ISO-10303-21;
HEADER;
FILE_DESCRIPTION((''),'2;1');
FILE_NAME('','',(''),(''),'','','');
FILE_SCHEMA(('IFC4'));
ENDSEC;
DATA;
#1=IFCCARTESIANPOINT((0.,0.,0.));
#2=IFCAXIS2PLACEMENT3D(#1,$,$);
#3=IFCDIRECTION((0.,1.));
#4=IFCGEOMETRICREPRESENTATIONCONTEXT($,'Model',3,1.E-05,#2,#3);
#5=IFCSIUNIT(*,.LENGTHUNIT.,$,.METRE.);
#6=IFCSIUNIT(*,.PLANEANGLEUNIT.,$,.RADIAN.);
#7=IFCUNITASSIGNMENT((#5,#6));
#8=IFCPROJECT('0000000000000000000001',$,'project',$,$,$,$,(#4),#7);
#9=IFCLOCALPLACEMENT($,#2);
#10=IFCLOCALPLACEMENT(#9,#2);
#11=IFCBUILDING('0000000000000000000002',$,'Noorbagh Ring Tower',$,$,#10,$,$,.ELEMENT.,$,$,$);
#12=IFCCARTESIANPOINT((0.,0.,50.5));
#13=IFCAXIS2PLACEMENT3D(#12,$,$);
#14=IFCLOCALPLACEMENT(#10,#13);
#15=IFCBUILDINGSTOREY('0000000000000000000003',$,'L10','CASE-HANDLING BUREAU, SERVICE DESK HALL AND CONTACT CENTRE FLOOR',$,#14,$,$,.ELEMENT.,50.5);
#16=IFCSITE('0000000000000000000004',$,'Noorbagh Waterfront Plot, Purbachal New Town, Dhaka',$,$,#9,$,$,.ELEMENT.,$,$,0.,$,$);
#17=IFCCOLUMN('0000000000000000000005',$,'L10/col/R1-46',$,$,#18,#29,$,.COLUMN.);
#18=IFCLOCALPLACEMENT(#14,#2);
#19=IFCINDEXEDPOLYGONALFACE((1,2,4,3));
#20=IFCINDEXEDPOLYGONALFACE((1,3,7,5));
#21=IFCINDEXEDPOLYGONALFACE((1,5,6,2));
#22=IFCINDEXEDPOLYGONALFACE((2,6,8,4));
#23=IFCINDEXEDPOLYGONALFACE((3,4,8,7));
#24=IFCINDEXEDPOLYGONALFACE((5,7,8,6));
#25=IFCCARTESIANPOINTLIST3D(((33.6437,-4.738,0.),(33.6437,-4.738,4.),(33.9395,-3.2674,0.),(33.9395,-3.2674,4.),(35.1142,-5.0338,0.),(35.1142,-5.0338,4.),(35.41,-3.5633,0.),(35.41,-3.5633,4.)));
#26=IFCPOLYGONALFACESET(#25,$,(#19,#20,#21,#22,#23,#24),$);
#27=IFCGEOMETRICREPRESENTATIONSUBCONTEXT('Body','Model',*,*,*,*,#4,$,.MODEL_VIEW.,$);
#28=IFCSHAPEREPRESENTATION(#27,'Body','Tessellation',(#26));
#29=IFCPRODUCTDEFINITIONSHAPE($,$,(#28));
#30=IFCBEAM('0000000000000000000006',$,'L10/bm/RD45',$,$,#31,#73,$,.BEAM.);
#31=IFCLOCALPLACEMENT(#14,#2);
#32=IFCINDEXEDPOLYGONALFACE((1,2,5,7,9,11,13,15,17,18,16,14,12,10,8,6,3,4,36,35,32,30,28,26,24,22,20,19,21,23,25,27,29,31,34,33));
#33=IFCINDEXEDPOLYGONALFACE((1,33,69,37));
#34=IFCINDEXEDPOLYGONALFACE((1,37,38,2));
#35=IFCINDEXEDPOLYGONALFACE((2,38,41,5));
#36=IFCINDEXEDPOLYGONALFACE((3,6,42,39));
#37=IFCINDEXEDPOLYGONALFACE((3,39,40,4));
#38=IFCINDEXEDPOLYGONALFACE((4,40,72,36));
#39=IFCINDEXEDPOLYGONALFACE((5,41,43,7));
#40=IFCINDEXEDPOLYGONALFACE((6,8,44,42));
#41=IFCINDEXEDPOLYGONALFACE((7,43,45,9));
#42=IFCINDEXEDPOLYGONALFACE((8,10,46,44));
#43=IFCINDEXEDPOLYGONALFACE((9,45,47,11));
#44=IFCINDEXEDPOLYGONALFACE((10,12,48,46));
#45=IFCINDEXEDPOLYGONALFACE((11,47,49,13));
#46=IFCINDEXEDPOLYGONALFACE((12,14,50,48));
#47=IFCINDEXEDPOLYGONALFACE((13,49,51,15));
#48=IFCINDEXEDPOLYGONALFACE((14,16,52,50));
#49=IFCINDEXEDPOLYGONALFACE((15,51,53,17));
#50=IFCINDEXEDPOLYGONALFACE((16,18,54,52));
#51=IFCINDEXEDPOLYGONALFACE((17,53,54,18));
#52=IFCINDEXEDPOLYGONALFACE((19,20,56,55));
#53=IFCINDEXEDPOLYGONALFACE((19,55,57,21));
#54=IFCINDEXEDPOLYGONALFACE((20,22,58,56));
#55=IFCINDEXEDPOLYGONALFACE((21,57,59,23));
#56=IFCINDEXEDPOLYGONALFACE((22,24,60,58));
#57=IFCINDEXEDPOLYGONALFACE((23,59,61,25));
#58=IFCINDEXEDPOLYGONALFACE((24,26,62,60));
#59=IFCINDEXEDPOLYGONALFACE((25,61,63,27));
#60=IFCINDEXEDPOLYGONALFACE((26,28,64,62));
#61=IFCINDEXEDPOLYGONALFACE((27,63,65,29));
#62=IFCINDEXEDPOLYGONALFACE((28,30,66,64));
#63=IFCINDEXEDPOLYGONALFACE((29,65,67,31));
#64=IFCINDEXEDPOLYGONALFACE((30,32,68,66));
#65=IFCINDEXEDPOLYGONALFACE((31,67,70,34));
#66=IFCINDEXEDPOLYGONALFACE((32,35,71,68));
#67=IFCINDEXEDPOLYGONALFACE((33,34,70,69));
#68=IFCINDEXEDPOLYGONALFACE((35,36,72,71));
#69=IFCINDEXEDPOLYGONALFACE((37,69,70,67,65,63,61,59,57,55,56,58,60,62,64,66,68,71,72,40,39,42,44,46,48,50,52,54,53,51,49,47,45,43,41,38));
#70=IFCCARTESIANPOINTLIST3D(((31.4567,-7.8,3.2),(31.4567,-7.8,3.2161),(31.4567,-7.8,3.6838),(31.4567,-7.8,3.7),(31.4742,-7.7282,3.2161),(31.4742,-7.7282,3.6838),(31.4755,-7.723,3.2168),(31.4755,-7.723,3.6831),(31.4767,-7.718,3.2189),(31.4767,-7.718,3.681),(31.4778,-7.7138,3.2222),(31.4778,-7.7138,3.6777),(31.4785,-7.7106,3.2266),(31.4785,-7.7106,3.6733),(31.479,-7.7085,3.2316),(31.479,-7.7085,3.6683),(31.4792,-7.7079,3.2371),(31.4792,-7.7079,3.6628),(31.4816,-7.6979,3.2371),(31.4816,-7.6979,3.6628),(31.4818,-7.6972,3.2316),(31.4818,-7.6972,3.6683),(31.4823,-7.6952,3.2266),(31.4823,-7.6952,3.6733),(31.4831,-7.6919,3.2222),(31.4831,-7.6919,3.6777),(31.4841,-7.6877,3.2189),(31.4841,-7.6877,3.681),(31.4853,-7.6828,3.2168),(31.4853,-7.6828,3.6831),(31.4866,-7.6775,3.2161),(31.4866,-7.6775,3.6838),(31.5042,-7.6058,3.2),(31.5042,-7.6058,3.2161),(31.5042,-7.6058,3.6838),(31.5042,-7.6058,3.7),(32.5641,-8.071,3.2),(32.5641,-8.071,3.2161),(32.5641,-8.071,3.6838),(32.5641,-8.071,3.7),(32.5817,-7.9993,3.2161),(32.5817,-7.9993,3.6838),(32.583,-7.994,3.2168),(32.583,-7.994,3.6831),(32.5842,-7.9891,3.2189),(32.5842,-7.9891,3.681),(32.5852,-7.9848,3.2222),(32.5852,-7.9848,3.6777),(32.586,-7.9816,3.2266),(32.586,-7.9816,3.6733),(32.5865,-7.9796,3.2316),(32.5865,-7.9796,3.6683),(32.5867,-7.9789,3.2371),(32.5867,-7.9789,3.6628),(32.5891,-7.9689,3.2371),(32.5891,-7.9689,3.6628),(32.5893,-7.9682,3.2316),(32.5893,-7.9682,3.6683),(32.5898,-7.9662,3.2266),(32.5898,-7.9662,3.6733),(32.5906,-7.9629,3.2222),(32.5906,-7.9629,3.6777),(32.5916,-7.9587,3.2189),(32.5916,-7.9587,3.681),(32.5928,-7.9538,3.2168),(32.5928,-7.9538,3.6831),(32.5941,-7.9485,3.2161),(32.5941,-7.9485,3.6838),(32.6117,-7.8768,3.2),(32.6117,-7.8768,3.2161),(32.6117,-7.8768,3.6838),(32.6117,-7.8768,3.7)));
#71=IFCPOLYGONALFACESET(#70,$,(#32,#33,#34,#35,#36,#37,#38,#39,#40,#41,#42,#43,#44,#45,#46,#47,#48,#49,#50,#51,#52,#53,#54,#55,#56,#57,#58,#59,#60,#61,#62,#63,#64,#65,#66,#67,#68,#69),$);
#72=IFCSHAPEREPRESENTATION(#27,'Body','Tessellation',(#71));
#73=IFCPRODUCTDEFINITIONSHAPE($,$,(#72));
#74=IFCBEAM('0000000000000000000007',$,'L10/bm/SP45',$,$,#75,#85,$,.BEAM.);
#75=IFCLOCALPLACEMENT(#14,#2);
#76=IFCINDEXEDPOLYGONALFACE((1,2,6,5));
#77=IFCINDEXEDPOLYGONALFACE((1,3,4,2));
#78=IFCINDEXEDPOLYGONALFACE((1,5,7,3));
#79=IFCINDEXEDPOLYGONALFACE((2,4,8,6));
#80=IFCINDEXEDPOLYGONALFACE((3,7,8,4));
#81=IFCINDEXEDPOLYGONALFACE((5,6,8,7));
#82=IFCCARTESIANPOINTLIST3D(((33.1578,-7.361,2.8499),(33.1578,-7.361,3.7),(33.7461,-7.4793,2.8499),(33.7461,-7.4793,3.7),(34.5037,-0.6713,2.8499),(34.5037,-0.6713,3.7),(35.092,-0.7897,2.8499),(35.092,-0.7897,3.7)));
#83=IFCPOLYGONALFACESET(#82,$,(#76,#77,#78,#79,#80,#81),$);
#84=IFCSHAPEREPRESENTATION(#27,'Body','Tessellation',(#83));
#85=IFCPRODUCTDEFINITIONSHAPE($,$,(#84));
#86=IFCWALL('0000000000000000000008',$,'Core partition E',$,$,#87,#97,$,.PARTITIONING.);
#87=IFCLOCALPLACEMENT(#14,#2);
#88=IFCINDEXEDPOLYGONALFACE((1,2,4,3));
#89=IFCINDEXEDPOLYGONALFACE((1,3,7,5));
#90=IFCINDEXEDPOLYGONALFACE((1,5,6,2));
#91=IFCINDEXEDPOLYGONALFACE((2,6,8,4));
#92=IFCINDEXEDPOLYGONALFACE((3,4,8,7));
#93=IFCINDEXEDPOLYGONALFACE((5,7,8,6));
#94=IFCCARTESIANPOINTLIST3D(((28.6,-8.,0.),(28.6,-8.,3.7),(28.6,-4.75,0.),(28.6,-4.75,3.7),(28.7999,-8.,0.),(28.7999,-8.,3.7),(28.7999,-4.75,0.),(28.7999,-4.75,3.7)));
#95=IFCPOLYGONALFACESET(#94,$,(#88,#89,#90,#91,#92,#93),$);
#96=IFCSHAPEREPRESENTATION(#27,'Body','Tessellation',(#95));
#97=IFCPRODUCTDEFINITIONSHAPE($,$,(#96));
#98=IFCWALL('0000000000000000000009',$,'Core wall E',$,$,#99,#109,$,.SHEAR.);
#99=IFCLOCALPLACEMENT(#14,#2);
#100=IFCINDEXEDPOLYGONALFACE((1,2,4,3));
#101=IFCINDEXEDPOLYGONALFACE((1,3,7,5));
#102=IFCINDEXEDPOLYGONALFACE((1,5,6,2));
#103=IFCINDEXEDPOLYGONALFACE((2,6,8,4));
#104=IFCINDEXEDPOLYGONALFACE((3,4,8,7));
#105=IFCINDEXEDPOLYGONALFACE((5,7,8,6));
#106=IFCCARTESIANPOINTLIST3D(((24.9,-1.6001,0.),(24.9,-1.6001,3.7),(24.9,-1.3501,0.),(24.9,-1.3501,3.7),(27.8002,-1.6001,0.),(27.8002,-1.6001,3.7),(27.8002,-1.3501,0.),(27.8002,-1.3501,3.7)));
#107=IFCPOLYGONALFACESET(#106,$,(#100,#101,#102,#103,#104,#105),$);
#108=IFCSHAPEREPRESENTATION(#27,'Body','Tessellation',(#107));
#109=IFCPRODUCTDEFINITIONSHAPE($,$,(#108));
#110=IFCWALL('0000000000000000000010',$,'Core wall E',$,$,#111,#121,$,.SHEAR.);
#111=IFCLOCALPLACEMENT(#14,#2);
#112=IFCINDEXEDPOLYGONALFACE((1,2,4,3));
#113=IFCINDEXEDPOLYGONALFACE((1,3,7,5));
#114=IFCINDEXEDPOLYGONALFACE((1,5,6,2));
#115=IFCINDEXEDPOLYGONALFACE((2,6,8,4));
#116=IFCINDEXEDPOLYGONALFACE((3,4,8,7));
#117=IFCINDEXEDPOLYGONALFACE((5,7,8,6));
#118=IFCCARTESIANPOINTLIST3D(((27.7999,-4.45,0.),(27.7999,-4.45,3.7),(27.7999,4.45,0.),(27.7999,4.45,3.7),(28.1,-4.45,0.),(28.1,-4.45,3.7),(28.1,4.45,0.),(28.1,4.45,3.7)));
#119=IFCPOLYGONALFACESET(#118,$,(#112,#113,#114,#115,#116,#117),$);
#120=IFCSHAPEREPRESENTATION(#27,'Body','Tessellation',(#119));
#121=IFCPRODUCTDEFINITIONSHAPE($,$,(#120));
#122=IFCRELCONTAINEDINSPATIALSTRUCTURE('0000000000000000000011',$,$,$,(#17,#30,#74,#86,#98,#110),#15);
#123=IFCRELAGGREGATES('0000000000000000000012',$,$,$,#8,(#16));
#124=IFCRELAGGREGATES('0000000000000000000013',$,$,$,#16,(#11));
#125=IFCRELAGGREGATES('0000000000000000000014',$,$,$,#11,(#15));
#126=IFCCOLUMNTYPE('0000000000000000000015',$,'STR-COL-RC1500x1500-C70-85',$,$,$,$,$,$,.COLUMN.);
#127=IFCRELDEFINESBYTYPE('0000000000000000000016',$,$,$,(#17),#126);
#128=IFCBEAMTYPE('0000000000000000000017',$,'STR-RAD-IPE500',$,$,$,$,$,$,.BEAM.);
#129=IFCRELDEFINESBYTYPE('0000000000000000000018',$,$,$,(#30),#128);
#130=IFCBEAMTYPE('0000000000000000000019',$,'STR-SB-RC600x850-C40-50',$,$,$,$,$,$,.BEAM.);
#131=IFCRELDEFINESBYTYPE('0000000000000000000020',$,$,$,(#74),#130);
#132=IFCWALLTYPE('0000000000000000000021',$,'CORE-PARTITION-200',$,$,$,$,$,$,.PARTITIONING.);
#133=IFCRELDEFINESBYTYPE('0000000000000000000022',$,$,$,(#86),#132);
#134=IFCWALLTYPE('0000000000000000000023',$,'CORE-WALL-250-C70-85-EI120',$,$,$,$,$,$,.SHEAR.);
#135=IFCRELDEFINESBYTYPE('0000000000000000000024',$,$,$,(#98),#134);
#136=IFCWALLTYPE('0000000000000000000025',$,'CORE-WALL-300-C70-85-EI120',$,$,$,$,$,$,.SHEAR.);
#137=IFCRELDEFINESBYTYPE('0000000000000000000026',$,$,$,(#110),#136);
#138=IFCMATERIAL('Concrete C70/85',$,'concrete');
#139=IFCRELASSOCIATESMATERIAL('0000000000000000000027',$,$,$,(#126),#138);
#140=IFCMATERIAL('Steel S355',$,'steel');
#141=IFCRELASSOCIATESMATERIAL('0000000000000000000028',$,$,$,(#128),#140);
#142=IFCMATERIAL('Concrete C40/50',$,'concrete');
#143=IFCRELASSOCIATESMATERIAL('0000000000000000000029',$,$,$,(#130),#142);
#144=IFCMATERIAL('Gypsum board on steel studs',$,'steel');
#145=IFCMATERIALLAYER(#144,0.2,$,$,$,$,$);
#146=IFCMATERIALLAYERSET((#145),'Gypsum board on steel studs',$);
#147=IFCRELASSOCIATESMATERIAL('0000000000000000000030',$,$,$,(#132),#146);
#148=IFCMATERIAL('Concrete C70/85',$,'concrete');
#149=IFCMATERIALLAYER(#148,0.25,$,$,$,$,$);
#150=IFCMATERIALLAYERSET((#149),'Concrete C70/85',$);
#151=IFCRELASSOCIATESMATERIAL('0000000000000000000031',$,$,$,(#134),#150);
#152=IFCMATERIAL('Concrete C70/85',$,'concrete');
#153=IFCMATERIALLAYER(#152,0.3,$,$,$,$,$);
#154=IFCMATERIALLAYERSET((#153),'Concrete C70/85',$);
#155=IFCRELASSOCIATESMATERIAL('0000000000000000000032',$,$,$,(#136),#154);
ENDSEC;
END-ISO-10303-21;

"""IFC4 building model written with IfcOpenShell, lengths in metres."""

from ifc_helpers import new_model, si_unit, direction, frame, frame_2d, origin, origin_2d, place, context, subcontext, project, spatial, rectangle, i_section, extrude, material, layer, layer_set, material_profile, profile_set, type_object, element, save


model = new_model("IFC4")

# Units and contexts
model_context = context("Model", 3, precision=1e-05, world=origin(), true_north=direction((0.0, 1.0)))
body_context = subcontext(model_context, "Body", "Model", "MODEL_VIEW")
ifc_project = project(units=[si_unit("LENGTHUNIT", "METRE"), si_unit("PLANEANGLEUNIT", "RADIAN")], contexts=[model_context])

# Site, building, storey
site_placement = place(None, origin())
site = spatial("IfcSite", under=ifc_project, at=site_placement, Name="Noorbagh Waterfront Plot, Purbachal New Town, Dhaka", CompositionType="ELEMENT", RefElevation=0.0)
building_placement = place(site_placement, origin())
building = spatial("IfcBuilding", under=site, at=building_placement, Name="Noorbagh Ring Tower", CompositionType="ELEMENT")
storey_placement = place(building_placement, frame((0.0, 0.0, 50.5)))
storey = spatial("IfcBuildingStorey", under=building, at=storey_placement, Name="L10", Description="CASE-HANDLING BUREAU, SERVICE DESK HALL AND CONTACT CENTRE FLOOR", CompositionType="ELEMENT", Elevation=50.5)

# Column
ifc_material_1 = material(Name="Concrete C70/85", Category="concrete")
ifc_material_profile_1 = material_profile(ifc_material_1, rectangle(XDim=1.5, YDim=1.5, at=origin_2d()), Name="RC1500x1500")
ifc_profile_set_1 = profile_set([ifc_material_profile_1], Name="Concrete C70/85")
column_type = type_object("IfcColumnType", Name="STR-COL-RC1500x1500-C70-85", PredefinedType="COLUMN", material=ifc_profile_set_1)
column_placement = place(storey_placement, frame((34.5269, -4.1506, 0.0), z_axis=(0.0, 0.0, 1.0), x_axis=(0.19723, 0.980357, 0.0)))
element("IfcColumn", 1, at=column_placement, inside=storey, type_object=column_type, Name="L10/col/R1-46", PredefinedType="COLUMN", context=body_context, shape_type="SweptSolid", body=[
    extrude(rectangle(XDim=1.5, YDim=1.5, at=origin_2d()), origin(), (0.0, 0.0, 1.0), 4.0),
])

# Beams
ifc_material_2 = material(Name="Steel S355", Category="steel")
ifc_material_profile_2 = material_profile(ifc_material_2, i_section(OverallWidth=0.2, OverallDepth=0.5, WebThickness=0.0103, FlangeThickness=0.0161, FilletRadius=0.021, at=origin_2d()), Name="IPE500")
ifc_profile_set_2 = profile_set([ifc_material_profile_2], Name="Steel S355")
beam_type_1 = type_object("IfcBeamType", Name="STR-RAD-IPE500", PredefinedType="BEAM", material=ifc_profile_set_2)
beam_1_placement = place(storey_placement, frame((32.5879, -7.9739, 3.45), z_axis=(-0.97134, 0.237696, 0.0), x_axis=(-0.237696, -0.97134, 0.0)))
element("IfcBeam", 2, at=beam_1_placement, inside=storey, type_object=beam_type_1, Name="L10/bm/RD45", PredefinedType="BEAM", context=body_context, shape_type="SweptSolid", body=[
    extrude(i_section(OverallWidth=0.2, OverallDepth=0.5, WebThickness=0.0103, FlangeThickness=0.0161, FilletRadius=0.021, at=origin_2d()), origin(), (0.0, 0.0, 1.0), 1.1401),
])
ifc_material_3 = material(Name="Concrete C40/50", Category="concrete")
ifc_material_profile_3 = material_profile(ifc_material_3, rectangle(XDim=0.6001, YDim=0.8501, at=origin_2d()), Name="RC600x850")
ifc_profile_set_3 = profile_set([ifc_material_profile_3], Name="Concrete C40/50")
beam_type_2 = type_object("IfcBeamType", Name="STR-SB-RC600x850-C40-50", PredefinedType="BEAM", material=ifc_profile_set_3)
beam_2_placement = place(storey_placement, frame((33.4519, -7.4202, 3.2749), z_axis=(0.197244, 0.980354, 0.0), x_axis=(-0.980354, 0.197244, 0.0)))
element("IfcBeam", 3, at=beam_2_placement, inside=storey, type_object=beam_type_2, Name="L10/bm/SP45", PredefinedType="BEAM", context=body_context, shape_type="SweptSolid", body=[
    extrude(rectangle(XDim=0.6001, YDim=0.8501, at=origin_2d()), origin(), (0.0, 0.0, 1.0), 6.8237),
])

# Walls
ifc_material_4 = material(Name="Gypsum board on steel studs", Category="steel")
ifc_layer_1 = layer(ifc_material_4, 0.2)
ifc_layer_set_1 = layer_set([ifc_layer_1], Name="Gypsum board on steel studs")
wall_type_1 = type_object("IfcWallType", Name="CORE-PARTITION-200", PredefinedType="PARTITIONING", material=ifc_layer_set_1)
wall_1_placement = place(storey_placement, frame((28.7, -8.0, 0.0), z_axis=(0.0, 0.0, 1.0), x_axis=(0.0, 1.0, 0.0)))
element("IfcWall", 4, at=wall_1_placement, inside=storey, type_object=wall_type_1, Name="Core partition E", PredefinedType="PARTITIONING", context=body_context, shape_type="SweptSolid", body=[
    extrude(rectangle(XDim=3.25, YDim=0.2, at=frame_2d((1.625, 0.0))), origin(), (0.0, 0.0, 1.0), 3.7),
])
ifc_material_5 = material(Name="Concrete C70/85", Category="concrete")
ifc_layer_2 = layer(ifc_material_5, 0.25)
ifc_layer_set_2 = layer_set([ifc_layer_2], Name="Concrete C70/85")
wall_type_2 = type_object("IfcWallType", Name="CORE-WALL-250-C70-85-EI120", PredefinedType="SHEAR", material=ifc_layer_set_2)
wall_2_placement = place(storey_placement, frame((24.8999, -1.4751, 0.0), z_axis=(0.0, 0.0, 1.0), x_axis=(1.0, 0.0, 0.0)))
element("IfcWall", 5, at=wall_2_placement, inside=storey, type_object=wall_type_2, Name="Core wall E", PredefinedType="SHEAR", context=body_context, shape_type="SweptSolid", body=[
    extrude(rectangle(XDim=2.9001, YDim=0.25, at=frame_2d((1.4502, 0.0))), origin(), (0.0, 0.0, 1.0), 3.7),
])
ifc_material_6 = material(Name="Concrete C70/85", Category="concrete")
ifc_layer_3 = layer(ifc_material_6, 0.3)
ifc_layer_set_3 = layer_set([ifc_layer_3], Name="Concrete C70/85")
wall_type_3 = type_object("IfcWallType", Name="CORE-WALL-300-C70-85-EI120", PredefinedType="SHEAR", material=ifc_layer_set_3)
wall_3_placement = place(storey_placement, frame((27.95, -4.45, 0.0), z_axis=(0.0, 0.0, 1.0), x_axis=(0.0, 1.0, 0.0)))
element("IfcWall", 6, at=wall_3_placement, inside=storey, type_object=wall_type_3, Name="Core wall E", PredefinedType="SHEAR", context=body_context, shape_type="SweptSolid", body=[
    extrude(rectangle(XDim=8.8999, YDim=0.3, at=frame_2d((4.45, 0.0))), origin(), (0.0, 0.0, 1.0), 3.7),
])

save(model, "model.ifc")
